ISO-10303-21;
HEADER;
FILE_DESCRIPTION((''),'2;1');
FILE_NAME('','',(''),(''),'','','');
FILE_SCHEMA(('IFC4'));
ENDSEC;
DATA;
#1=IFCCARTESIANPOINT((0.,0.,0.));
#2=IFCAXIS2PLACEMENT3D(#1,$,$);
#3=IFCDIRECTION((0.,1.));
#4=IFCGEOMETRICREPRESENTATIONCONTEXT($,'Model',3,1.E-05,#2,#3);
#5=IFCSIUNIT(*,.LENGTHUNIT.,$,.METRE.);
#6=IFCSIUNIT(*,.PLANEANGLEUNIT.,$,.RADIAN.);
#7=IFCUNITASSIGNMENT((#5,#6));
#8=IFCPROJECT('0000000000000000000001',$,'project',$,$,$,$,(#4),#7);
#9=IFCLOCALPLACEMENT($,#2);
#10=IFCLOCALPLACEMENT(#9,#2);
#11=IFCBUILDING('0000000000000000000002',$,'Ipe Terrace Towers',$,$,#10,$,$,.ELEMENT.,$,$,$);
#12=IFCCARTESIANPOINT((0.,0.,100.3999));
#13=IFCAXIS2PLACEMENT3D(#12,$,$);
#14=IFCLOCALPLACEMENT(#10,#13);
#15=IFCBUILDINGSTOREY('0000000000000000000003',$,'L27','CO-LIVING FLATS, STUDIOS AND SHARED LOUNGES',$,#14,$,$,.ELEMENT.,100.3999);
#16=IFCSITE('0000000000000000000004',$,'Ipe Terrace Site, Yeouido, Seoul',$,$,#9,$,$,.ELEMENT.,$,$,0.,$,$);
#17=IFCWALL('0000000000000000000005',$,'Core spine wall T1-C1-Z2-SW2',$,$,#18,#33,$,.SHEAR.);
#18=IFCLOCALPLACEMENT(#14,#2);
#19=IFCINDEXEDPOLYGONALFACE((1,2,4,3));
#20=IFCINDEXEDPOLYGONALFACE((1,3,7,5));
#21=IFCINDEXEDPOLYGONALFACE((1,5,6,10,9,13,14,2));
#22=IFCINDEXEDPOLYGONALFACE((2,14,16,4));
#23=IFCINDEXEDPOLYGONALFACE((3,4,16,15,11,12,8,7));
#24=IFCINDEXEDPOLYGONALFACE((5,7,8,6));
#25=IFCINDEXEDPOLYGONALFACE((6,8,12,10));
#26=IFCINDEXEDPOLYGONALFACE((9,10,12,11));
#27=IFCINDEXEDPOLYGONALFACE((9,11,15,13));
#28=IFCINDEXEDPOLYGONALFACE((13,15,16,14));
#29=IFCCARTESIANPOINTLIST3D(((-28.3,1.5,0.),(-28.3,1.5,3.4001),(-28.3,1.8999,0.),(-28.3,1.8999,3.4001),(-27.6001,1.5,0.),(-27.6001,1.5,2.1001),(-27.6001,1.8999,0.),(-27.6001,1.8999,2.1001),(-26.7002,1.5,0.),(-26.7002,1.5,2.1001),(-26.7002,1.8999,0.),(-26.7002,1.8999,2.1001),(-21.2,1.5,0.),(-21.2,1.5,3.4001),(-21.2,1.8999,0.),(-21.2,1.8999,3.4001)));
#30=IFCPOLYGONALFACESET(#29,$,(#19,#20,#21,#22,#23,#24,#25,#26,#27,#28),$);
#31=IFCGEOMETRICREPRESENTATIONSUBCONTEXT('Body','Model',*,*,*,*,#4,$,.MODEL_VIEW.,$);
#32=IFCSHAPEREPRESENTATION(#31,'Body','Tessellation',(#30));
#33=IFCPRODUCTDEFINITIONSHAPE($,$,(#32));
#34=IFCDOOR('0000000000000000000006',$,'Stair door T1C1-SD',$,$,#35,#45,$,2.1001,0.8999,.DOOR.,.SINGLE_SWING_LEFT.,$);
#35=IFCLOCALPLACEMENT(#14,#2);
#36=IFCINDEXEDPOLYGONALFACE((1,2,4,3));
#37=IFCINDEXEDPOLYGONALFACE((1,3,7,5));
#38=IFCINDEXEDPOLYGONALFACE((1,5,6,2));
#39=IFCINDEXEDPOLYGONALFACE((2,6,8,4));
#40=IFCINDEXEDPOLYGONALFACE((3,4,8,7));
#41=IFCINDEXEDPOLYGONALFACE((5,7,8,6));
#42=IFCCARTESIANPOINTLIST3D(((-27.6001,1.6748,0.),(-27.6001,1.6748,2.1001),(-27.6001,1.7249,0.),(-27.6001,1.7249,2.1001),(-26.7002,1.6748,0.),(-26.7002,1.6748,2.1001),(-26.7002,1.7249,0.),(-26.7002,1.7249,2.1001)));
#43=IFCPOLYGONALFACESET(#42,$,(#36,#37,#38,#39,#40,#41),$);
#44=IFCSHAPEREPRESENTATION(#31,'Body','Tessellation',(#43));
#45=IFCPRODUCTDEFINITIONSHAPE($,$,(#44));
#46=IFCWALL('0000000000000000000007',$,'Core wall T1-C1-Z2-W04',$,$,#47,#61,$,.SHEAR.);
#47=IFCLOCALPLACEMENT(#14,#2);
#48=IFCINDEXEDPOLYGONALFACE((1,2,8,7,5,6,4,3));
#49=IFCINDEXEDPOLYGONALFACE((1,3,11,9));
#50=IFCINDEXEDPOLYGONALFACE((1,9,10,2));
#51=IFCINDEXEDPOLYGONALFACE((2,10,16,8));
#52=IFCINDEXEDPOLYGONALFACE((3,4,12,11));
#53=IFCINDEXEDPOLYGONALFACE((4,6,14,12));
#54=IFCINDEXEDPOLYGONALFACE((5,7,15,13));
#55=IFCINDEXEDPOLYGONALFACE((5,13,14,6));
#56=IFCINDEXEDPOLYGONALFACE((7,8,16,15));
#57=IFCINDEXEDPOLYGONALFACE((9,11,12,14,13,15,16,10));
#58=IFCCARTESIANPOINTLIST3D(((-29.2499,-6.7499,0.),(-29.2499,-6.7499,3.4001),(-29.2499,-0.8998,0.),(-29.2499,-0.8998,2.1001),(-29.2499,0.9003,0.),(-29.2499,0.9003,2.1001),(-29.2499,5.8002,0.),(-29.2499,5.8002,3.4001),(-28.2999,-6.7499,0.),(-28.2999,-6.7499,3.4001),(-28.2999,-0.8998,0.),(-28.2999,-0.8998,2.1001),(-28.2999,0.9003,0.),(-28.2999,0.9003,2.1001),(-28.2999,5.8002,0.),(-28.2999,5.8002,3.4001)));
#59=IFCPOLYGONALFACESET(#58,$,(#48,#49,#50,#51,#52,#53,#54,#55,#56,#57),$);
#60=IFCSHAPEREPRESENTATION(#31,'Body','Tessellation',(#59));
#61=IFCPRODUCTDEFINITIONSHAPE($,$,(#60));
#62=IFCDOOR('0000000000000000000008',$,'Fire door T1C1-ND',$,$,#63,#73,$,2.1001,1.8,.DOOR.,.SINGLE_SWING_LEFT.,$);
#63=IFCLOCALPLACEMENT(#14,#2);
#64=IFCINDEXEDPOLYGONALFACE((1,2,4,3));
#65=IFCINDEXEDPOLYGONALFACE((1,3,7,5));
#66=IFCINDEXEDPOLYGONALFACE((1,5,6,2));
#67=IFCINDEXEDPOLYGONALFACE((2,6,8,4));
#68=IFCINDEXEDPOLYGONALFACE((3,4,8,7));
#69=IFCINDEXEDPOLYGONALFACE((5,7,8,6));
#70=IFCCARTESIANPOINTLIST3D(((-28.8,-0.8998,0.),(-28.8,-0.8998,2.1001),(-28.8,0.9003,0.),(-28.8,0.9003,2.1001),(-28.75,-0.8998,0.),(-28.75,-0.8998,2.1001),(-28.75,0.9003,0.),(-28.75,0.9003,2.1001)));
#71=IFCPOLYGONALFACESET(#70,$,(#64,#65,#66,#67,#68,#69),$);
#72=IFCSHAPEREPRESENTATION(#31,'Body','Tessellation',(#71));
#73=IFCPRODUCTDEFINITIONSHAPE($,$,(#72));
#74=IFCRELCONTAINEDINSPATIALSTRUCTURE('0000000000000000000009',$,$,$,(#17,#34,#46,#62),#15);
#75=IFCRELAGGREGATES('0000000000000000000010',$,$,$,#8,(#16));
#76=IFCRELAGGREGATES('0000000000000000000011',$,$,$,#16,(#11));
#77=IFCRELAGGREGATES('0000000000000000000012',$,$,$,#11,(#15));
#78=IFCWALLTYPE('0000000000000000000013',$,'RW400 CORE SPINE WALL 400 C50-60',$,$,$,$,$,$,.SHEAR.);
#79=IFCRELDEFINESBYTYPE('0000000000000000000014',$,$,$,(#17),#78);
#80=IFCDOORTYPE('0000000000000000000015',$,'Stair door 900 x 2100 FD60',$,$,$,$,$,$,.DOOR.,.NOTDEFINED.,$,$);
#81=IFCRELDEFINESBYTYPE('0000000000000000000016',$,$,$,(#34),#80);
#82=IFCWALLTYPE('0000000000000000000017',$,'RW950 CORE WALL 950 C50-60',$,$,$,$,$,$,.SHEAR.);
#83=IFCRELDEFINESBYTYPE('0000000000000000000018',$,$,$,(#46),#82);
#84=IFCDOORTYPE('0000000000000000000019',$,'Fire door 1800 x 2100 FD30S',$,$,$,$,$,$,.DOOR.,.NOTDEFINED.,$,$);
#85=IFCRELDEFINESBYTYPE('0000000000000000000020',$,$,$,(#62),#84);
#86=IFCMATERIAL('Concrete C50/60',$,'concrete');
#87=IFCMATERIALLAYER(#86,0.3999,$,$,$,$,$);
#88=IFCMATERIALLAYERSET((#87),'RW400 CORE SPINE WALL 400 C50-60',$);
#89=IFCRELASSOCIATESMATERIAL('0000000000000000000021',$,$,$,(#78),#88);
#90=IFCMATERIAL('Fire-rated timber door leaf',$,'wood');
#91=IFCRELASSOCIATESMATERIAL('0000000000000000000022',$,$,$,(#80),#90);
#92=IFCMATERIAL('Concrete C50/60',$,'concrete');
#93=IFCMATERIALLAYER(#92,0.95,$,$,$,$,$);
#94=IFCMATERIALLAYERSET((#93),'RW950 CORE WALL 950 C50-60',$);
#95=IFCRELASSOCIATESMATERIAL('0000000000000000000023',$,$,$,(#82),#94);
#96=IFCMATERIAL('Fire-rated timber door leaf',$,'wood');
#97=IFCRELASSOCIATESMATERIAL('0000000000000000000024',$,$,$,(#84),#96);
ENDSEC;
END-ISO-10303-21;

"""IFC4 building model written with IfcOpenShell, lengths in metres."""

from ifc_helpers import new_model, si_unit, direction, frame, frame_2d, origin, place, context, subcontext, project, spatial, rectangle, extrude, material, layer, layer_set, type_object, element, fill, save


model = new_model("IFC4")

# Units and contexts
model_context = context("Model", 3, precision=1e-05, world=origin(), true_north=direction((0.0, 1.0)))
body_context = subcontext(model_context, "Body", "Model", "MODEL_VIEW")
ifc_project = project(units=[si_unit("LENGTHUNIT", "METRE"), si_unit("PLANEANGLEUNIT", "RADIAN")], contexts=[model_context])

# Site, building, storey
site_placement = place(None, origin())
site = spatial("IfcSite", under=ifc_project, at=site_placement, Name="Ipe Terrace Site, Yeouido, Seoul", CompositionType="ELEMENT", RefElevation=0.0)
building_placement = place(site_placement, origin())
building = spatial("IfcBuilding", under=site, at=building_placement, Name="Ipe Terrace Towers", CompositionType="ELEMENT")
storey_placement = place(building_placement, frame((0.0, 0.0, 100.3999)))
storey = spatial("IfcBuildingStorey", under=building, at=storey_placement, Name="L27", Description="CO-LIVING FLATS, STUDIOS AND SHARED LOUNGES", CompositionType="ELEMENT", Elevation=100.3999)

# Shared definitions
ifc_material_1 = material(Name="Concrete C50/60", Category="concrete")
ifc_layer_1 = layer(ifc_material_1, 0.3999)
ifc_layer_set_1 = layer_set([ifc_layer_1], Name="RW400 CORE SPINE WALL 400 C50-60")
wall_type_1 = type_object("IfcWallType", Name="RW400 CORE SPINE WALL 400 C50-60", PredefinedType="SHEAR", material=ifc_layer_set_1)

# Walls, openings, doors
wall_1_placement = place(storey_placement, frame((-28.3, 1.7, 0.0), z_axis=(0.0, 0.0, 1.0), x_axis=(1.0, 0.0, 0.0)))
wall_1 = element("IfcWall", 1, at=wall_1_placement, inside=storey, type_object=wall_type_1, Name="Core spine wall T1-C1-Z2-SW2", PredefinedType="SHEAR", context=body_context, shape_type="SweptSolid", body=[
    extrude(rectangle(XDim=7.1001, YDim=0.3999, at=frame_2d((3.55, 0.0))), origin(), (0.0, 0.0, 1.0), 3.4001),
])
opening_1_placement = place(wall_1_placement, frame((0.7, 0.0, 0.0)))
opening_1 = element("IfcOpeningElement", 2, at=opening_1_placement, cuts=wall_1, PredefinedType="OPENING", context=body_context, shape_type="SweptSolid", body=[
    extrude(rectangle(XDim=0.8999, YDim=2.1001, at=frame_2d((0.45, 1.05))), frame((0.0, 0.21, 0.0), z_axis=(0.0, -1.0, 0.0), x_axis=(1.0, 0.0, 0.0)), (0.0, 0.0, 1.0), 0.4199),
])
ifc_material_2 = material(Name="Fire-rated timber door leaf", Category="wood")
door_type_1 = type_object("IfcDoorType", Name="Stair door 900 x 2100 FD60", OperationType="NOTDEFINED", PredefinedType="DOOR", material=ifc_material_2)
door_1_placement = place(opening_1_placement, origin())
door_1 = element("IfcDoor", 3, at=door_1_placement, inside=storey, type_object=door_type_1, Name="Stair door T1C1-SD", OperationType="SINGLE_SWING_LEFT", OverallHeight=2.1001, OverallWidth=0.8999, PredefinedType="DOOR", context=body_context, shape_type="SweptSolid", body=[
    extrude(rectangle(XDim=0.8999, YDim=2.1001, at=frame_2d((0.45, 1.05))), frame((0.0, 0.0249, 0.0), z_axis=(0.0, -1.0, 0.0), x_axis=(1.0, 0.0, 0.0)), (0.0, 0.0, 1.0), 0.05),
])
fill(opening_1, door_1)
ifc_material_3 = material(Name="Concrete C50/60", Category="concrete")
ifc_layer_2 = layer(ifc_material_3, 0.95)
ifc_layer_set_2 = layer_set([ifc_layer_2], Name="RW950 CORE WALL 950 C50-60")
wall_type_2 = type_object("IfcWallType", Name="RW950 CORE WALL 950 C50-60", PredefinedType="SHEAR", material=ifc_layer_set_2)
wall_2_placement = place(storey_placement, frame((-28.7749, 5.8, 0.0), z_axis=(0.0, 0.0, 1.0), x_axis=(0.0, -1.0, 0.0)))
wall_2 = element("IfcWall", 4, at=wall_2_placement, inside=storey, type_object=wall_type_2, Name="Core wall T1-C1-Z2-W04", PredefinedType="SHEAR", context=body_context, shape_type="SweptSolid", body=[
    extrude(rectangle(XDim=12.55, YDim=0.95, at=frame_2d((6.2749, 0.0))), origin(), (0.0, 0.0, 1.0), 3.4001),
])
opening_2_placement = place(wall_2_placement, frame((4.8999, 0.0, 0.0)))
opening_2 = element("IfcOpeningElement", 5, at=opening_2_placement, cuts=wall_2, PredefinedType="OPENING", context=body_context, shape_type="SweptSolid", body=[
    extrude(rectangle(XDim=1.8, YDim=2.1001, at=frame_2d((0.8999, 1.05))), frame((0.0, 0.4849, 0.0), z_axis=(0.0, -1.0, 0.0), x_axis=(1.0, 0.0, 0.0)), (0.0, 0.0, 1.0), 0.97),
])
ifc_material_4 = material(Name="Fire-rated timber door leaf", Category="wood")
door_type_2 = type_object("IfcDoorType", Name="Fire door 1800 x 2100 FD30S", OperationType="NOTDEFINED", PredefinedType="DOOR", material=ifc_material_4)
door_2_placement = place(opening_2_placement, origin())
door_2 = element("IfcDoor", 6, at=door_2_placement, inside=storey, type_object=door_type_2, Name="Fire door T1C1-ND", OperationType="SINGLE_SWING_LEFT", OverallHeight=2.1001, OverallWidth=1.8, PredefinedType="DOOR", context=body_context, shape_type="SweptSolid", body=[
    extrude(rectangle(XDim=1.8, YDim=2.1001, at=frame_2d((0.8999, 1.05))), frame((0.0, 0.0249, 0.0), z_axis=(0.0, -1.0, 0.0), x_axis=(1.0, 0.0, 0.0)), (0.0, 0.0, 1.0), 0.05),
])
fill(opening_2, door_2)

save(model, "model.ifc")
